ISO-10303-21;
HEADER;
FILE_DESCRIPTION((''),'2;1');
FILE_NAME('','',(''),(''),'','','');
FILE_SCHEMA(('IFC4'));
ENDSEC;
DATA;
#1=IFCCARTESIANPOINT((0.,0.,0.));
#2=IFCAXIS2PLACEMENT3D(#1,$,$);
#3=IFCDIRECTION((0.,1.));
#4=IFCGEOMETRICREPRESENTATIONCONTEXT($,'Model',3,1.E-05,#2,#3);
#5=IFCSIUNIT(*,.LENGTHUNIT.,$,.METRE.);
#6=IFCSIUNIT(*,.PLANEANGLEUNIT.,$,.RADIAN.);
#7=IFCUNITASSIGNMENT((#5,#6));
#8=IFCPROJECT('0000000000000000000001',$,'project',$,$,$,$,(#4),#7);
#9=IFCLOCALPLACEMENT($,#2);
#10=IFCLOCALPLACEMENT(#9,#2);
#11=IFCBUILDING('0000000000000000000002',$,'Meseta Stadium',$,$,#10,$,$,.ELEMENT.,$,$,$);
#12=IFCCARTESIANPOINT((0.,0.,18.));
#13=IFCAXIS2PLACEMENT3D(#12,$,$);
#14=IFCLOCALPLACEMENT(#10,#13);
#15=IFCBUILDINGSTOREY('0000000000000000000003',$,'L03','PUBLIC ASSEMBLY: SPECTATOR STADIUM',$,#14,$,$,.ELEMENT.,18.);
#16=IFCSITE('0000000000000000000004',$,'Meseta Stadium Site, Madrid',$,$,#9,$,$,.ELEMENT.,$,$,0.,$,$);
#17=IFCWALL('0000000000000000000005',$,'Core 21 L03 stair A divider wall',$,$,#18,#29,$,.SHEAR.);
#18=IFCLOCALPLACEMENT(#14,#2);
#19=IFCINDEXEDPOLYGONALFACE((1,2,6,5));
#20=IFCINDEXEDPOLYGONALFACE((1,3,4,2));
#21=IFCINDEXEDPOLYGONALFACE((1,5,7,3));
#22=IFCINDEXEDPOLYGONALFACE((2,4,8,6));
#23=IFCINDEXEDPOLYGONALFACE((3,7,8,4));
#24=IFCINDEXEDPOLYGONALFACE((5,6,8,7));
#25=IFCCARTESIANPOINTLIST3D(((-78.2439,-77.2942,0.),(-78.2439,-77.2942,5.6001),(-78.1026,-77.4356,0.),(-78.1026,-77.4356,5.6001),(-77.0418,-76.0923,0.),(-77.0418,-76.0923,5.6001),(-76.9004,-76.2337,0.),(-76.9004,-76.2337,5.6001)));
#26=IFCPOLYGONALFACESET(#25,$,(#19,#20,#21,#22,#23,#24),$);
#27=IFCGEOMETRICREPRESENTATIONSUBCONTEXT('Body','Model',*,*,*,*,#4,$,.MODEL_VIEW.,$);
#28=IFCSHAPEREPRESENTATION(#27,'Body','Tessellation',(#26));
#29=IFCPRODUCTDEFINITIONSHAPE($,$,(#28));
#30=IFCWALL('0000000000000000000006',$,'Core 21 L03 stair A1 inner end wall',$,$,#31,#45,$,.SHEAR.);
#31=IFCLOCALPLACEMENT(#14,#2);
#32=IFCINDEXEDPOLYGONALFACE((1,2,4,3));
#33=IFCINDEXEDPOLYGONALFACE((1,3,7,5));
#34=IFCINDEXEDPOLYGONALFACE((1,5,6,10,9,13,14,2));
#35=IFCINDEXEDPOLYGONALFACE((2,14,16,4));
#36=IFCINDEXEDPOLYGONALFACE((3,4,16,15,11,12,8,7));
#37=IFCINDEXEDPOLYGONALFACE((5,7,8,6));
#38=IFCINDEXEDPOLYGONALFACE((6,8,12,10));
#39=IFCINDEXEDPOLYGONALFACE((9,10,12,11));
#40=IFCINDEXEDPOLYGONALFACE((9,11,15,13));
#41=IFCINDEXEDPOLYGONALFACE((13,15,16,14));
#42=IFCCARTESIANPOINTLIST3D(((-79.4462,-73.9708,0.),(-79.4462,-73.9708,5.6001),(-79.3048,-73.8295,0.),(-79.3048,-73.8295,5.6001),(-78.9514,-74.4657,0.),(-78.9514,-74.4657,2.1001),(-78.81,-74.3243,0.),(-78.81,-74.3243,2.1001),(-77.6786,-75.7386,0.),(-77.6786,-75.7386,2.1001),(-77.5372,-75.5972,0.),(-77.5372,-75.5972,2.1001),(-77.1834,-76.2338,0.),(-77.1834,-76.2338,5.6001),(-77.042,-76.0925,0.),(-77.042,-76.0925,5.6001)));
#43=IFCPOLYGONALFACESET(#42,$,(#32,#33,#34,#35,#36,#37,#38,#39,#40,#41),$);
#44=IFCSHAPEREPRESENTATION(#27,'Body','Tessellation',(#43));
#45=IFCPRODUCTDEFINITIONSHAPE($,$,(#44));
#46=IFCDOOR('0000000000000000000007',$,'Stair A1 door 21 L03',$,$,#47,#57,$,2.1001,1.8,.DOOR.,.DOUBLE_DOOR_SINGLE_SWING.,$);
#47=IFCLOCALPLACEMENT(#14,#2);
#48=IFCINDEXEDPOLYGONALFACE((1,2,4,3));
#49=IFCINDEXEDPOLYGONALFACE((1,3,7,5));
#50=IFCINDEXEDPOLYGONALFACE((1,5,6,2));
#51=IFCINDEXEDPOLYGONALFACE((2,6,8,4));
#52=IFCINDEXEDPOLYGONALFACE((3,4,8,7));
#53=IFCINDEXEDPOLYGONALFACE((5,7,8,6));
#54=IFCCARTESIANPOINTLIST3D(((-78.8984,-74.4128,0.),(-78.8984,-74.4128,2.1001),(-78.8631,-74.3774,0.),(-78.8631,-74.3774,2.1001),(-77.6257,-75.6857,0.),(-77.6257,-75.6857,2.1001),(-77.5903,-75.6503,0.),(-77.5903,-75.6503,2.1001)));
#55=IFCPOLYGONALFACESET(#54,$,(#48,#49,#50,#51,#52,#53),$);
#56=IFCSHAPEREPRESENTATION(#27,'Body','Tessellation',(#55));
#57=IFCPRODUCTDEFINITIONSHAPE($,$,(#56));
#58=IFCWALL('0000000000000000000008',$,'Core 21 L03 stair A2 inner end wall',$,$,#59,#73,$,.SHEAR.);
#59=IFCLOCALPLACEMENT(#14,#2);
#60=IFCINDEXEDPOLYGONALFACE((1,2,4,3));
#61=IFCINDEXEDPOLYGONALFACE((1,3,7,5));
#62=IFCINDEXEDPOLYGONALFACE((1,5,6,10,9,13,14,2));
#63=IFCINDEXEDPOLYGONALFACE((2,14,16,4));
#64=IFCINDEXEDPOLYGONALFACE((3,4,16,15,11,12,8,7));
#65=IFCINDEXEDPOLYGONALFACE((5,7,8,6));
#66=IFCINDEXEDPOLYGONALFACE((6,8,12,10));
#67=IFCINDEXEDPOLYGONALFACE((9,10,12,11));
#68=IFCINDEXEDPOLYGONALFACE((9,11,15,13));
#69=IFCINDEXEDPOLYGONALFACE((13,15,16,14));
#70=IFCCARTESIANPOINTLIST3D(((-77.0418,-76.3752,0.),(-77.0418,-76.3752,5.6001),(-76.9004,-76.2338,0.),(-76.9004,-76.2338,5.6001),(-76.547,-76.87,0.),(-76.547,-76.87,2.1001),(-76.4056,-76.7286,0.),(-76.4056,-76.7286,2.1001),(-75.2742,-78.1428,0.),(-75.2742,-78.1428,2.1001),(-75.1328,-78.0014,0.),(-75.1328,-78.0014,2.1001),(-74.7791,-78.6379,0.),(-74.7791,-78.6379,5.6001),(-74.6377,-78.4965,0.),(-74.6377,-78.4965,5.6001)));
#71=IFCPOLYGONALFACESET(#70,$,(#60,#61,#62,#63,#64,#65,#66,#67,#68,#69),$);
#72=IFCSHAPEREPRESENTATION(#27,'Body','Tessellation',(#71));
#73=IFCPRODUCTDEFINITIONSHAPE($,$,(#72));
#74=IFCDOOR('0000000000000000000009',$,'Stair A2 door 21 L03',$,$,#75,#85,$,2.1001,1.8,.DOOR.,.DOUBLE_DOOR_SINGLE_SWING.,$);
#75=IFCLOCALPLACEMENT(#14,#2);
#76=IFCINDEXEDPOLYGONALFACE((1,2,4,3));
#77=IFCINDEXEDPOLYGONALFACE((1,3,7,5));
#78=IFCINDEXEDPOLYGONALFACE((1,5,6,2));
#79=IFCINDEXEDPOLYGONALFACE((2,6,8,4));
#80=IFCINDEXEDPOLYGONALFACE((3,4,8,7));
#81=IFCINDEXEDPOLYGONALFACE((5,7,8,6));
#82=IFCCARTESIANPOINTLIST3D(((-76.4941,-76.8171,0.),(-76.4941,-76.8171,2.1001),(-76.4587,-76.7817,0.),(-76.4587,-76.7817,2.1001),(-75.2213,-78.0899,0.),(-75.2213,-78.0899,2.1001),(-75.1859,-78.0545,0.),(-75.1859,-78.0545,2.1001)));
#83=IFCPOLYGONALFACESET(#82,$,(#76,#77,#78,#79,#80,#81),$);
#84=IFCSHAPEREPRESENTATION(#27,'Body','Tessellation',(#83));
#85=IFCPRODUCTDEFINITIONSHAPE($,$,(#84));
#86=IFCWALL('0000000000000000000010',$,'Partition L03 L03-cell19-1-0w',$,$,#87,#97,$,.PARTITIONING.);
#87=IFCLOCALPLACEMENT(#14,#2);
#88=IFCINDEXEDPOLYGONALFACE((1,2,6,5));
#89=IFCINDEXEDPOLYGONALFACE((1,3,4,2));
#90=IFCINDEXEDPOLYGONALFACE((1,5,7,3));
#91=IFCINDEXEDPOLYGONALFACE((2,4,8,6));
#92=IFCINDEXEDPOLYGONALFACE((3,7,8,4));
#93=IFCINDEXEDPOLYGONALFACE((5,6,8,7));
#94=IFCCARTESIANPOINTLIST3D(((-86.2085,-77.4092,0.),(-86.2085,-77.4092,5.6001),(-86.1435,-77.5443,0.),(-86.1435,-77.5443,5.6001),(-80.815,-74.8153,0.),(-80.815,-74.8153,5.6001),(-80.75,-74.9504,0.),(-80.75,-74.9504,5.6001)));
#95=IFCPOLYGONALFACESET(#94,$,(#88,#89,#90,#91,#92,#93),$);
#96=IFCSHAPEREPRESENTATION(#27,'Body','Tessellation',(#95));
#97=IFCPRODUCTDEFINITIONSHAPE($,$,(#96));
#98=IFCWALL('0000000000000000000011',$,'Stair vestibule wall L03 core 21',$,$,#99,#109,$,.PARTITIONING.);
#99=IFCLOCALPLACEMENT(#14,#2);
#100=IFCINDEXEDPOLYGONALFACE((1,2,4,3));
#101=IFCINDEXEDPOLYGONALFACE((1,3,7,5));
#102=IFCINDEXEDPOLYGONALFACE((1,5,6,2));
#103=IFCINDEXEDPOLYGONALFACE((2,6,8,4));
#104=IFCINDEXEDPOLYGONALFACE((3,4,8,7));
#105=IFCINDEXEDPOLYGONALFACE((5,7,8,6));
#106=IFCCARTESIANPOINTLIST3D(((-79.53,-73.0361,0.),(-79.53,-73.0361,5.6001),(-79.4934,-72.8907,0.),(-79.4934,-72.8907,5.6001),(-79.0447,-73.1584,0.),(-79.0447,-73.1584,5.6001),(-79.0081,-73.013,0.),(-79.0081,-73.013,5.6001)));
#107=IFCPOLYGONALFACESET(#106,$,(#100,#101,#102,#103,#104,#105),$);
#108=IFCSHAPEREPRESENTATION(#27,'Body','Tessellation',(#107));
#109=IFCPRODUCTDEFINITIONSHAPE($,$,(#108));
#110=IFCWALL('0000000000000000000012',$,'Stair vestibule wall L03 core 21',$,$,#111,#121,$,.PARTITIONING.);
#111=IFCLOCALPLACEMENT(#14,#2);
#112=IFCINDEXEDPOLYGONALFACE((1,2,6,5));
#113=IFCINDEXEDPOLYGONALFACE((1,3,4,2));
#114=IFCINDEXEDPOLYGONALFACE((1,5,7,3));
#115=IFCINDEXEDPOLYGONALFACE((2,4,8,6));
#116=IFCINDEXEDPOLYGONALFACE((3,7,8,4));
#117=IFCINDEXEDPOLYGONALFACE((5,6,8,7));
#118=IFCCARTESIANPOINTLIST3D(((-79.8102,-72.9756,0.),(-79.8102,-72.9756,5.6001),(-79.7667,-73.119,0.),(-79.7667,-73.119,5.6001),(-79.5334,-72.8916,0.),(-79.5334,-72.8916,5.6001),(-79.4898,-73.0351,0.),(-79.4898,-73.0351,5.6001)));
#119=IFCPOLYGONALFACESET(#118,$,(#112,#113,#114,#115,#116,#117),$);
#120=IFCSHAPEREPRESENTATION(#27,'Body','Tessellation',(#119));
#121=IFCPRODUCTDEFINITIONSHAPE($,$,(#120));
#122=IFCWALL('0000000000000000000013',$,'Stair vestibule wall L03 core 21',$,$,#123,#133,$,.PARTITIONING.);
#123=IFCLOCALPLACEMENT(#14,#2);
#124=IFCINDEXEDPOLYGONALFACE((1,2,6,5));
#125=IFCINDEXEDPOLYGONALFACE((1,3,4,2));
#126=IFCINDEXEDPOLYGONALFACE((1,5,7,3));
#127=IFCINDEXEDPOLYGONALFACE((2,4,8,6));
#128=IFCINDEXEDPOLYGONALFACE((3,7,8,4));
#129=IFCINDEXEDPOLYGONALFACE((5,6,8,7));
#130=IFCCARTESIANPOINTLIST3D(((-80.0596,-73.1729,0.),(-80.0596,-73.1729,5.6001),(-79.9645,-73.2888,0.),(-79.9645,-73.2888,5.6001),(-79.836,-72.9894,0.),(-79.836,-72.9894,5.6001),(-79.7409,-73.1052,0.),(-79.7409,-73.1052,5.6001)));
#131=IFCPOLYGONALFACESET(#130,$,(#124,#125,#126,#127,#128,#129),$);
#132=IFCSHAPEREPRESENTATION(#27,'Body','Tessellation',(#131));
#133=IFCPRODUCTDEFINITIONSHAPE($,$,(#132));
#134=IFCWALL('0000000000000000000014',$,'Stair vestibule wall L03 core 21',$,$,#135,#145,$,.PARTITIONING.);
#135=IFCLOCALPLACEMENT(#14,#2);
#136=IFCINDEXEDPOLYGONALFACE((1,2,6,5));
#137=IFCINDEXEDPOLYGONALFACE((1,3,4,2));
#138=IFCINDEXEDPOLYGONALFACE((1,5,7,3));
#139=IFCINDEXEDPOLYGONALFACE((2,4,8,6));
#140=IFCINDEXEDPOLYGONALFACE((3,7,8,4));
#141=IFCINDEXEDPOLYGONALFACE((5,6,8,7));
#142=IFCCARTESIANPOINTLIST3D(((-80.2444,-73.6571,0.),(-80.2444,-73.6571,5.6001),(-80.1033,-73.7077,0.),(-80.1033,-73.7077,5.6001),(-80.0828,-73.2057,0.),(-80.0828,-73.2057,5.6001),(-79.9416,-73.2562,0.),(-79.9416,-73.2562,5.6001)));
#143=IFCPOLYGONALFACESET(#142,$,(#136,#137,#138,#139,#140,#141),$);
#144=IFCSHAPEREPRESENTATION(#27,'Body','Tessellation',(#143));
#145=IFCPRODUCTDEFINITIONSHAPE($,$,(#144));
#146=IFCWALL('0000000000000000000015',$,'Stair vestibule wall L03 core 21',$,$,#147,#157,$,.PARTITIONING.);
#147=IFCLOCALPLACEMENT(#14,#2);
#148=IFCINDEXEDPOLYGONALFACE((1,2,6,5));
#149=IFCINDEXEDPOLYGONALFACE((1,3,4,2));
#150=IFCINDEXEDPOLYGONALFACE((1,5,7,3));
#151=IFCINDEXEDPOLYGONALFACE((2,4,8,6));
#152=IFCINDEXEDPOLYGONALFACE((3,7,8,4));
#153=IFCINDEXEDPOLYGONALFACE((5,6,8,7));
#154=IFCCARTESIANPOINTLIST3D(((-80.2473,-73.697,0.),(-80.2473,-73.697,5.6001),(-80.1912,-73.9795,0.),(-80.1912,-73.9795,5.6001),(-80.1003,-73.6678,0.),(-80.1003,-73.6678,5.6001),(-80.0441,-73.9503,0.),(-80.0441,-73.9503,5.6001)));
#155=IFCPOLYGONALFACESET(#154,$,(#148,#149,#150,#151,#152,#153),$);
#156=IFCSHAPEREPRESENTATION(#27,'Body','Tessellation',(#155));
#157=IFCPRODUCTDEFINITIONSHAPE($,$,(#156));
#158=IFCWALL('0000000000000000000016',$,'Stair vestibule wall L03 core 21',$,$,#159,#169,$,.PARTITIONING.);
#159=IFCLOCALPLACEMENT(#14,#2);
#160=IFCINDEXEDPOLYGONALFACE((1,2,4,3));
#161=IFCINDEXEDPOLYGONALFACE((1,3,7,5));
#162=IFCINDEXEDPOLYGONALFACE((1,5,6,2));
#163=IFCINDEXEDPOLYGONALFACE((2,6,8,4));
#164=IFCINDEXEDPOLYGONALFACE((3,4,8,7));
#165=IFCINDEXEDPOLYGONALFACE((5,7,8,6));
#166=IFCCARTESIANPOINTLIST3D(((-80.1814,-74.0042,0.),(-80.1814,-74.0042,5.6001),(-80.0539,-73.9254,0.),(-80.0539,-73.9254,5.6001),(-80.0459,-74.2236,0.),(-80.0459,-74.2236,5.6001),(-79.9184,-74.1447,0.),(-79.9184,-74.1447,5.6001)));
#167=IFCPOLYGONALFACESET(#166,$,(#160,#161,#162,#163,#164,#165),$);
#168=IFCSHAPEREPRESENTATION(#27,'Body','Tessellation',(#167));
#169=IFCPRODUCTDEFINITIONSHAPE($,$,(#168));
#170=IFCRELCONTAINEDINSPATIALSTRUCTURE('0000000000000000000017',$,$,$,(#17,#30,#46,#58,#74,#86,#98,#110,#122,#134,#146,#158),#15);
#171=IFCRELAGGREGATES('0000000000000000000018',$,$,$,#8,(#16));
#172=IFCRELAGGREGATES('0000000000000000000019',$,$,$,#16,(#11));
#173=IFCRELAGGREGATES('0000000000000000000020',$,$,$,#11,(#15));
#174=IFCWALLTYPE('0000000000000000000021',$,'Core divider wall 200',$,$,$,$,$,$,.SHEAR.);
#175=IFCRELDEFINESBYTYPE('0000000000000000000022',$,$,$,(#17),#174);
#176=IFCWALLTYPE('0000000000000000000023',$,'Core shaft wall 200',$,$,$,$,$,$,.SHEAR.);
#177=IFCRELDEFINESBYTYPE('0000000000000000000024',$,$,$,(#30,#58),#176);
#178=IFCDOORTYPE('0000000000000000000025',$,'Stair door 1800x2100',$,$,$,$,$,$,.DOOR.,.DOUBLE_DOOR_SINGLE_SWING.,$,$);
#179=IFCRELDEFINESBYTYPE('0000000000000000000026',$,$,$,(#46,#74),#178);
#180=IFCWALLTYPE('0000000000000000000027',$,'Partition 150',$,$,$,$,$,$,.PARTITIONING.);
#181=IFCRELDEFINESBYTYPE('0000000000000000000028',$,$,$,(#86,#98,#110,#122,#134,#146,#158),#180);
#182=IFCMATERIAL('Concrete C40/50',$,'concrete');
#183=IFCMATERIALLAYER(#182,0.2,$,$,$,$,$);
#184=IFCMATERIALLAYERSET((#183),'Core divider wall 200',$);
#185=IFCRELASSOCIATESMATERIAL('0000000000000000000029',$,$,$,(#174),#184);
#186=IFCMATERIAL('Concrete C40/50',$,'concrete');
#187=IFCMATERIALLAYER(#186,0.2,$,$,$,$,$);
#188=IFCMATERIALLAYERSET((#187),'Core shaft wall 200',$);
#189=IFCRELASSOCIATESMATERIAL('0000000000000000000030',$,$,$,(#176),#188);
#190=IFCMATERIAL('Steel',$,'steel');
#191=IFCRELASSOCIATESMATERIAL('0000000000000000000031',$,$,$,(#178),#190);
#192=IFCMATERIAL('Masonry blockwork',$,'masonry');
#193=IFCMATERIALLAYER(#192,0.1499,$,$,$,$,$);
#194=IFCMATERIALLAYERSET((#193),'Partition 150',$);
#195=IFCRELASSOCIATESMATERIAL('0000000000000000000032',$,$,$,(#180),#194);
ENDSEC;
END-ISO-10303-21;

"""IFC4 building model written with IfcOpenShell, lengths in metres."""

from ifc_helpers import new_model, si_unit, direction, frame, frame_2d, origin, place, context, subcontext, project, spatial, rectangle, extrude, material, layer, layer_set, type_object, element, fill, save


model = new_model("IFC4")

# Units and contexts
model_context = context("Model", 3, precision=1e-05, world=origin(), true_north=direction((0.0, 1.0)))
body_context = subcontext(model_context, "Body", "Model", "MODEL_VIEW")
ifc_project = project(units=[si_unit("LENGTHUNIT", "METRE"), si_unit("PLANEANGLEUNIT", "RADIAN")], contexts=[model_context])

# Site, building, storey
site_placement = place(None, origin())
site = spatial("IfcSite", under=ifc_project, at=site_placement, Name="Meseta Stadium Site, Madrid", CompositionType="ELEMENT", RefElevation=0.0)
building_placement = place(site_placement, origin())
building = spatial("IfcBuilding", under=site, at=building_placement, Name="Meseta Stadium", CompositionType="ELEMENT")
storey_placement = place(building_placement, frame((0.0, 0.0, 18.0)))
storey = spatial("IfcBuildingStorey", under=building, at=storey_placement, Name="L03", Description="PUBLIC ASSEMBLY: SPECTATOR STADIUM", CompositionType="ELEMENT", Elevation=18.0)

# Wall
ifc_material_1 = material(Name="Concrete C40/50", Category="concrete")
ifc_layer_1 = layer(ifc_material_1, 0.2)
ifc_layer_set_1 = layer_set([ifc_layer_1], Name="Core divider wall 200")
wall_type_1 = type_object("IfcWallType", Name="Core divider wall 200", PredefinedType="SHEAR", material=ifc_layer_set_1)
wall_1_placement = place(storey_placement, frame((-78.1733, -77.365, 0.0), z_axis=(0.0, 0.0, 1.0), x_axis=(0.707179, 0.707035, 0.0)))
element("IfcWall", 1, at=wall_1_placement, inside=storey, type_object=wall_type_1, Name="Core 21 L03 stair A divider wall", PredefinedType="SHEAR", context=body_context, shape_type="SweptSolid", body=[
    extrude(rectangle(XDim=1.7, YDim=0.2, at=frame_2d((0.8501, 0.0))), origin(), (0.0, 0.0, 1.0), 5.6001),
])

# Walls, openings, doors
ifc_material_2 = material(Name="Concrete C40/50", Category="concrete")
ifc_layer_2 = layer(ifc_material_2, 0.2)
ifc_layer_set_2 = layer_set([ifc_layer_2], Name="Core shaft wall 200")
wall_type_2 = type_object("IfcWallType", Name="Core shaft wall 200", PredefinedType="SHEAR", material=ifc_layer_set_2)
wall_2_placement = place(storey_placement, frame((-79.3755, -73.9001, 0.0), z_axis=(0.0, 0.0, 1.0), x_axis=(0.707069, -0.707145, 0.0)))
wall_2 = element("IfcWall", 2, at=wall_2_placement, inside=storey, type_object=wall_type_2, Name="Core 21 L03 stair A1 inner end wall", PredefinedType="SHEAR", context=body_context, shape_type="SweptSolid", body=[
    extrude(rectangle(XDim=3.2002, YDim=0.2, at=frame_2d((1.6001, 0.0))), origin(), (0.0, 0.0, 1.0), 5.6001),
])
opening_1_placement = place(wall_2_placement, frame((0.7, 0.0, 0.0)))
opening_1 = element("IfcOpeningElement", 3, at=opening_1_placement, cuts=wall_2, PredefinedType="OPENING", context=body_context, shape_type="SweptSolid", body=[
    extrude(rectangle(XDim=1.8, YDim=2.1001, at=frame_2d((0.8999, 1.05))), frame((0.0, 0.1099, 0.0), z_axis=(0.0, -1.0, 0.0), x_axis=(1.0, 0.0, 0.0)), (0.0, 0.0, 1.0), 0.22),
])
ifc_material_3 = material(Name="Steel", Category="steel")
door_type = type_object("IfcDoorType", Name="Stair door 1800x2100", OperationType="DOUBLE_DOOR_SINGLE_SWING", PredefinedType="DOOR", material=ifc_material_3)
door_1_placement = place(opening_1_placement, origin())
door_1 = element("IfcDoor", 4, at=door_1_placement, inside=storey, type_object=door_type, Name="Stair A1 door 21 L03", OperationType="DOUBLE_DOOR_SINGLE_SWING", OverallHeight=2.1001, OverallWidth=1.8, PredefinedType="DOOR", context=body_context, shape_type="SweptSolid", body=[
    extrude(rectangle(XDim=1.8, YDim=2.1001, at=frame_2d((0.8999, 1.05))), frame((0.0, 0.0249, 0.0), z_axis=(0.0, -1.0, 0.0), x_axis=(1.0, 0.0, 0.0)), (0.0, 0.0, 1.0), 0.05),
])
fill(opening_1, door_1)
wall_3_placement = place(storey_placement, frame((-76.9712, -76.3044, 0.0), z_axis=(0.0, 0.0, 1.0), x_axis=(0.707107, -0.707107, 0.0)))
wall_3 = element("IfcWall", 5, at=wall_3_placement, inside=storey, type_object=wall_type_2, Name="Core 21 L03 stair A2 inner end wall", PredefinedType="SHEAR", context=body_context, shape_type="SweptSolid", body=[
    extrude(rectangle(XDim=3.2, YDim=0.2, at=frame_2d((1.6001, 0.0))), origin(), (0.0, 0.0, 1.0), 5.6001),
])
opening_2_placement = place(wall_3_placement, frame((0.7, 0.0, 0.0)))
opening_2 = element("IfcOpeningElement", 6, at=opening_2_placement, cuts=wall_3, PredefinedType="OPENING", context=body_context, shape_type="SweptSolid", body=[
    extrude(rectangle(XDim=1.8, YDim=2.1001, at=frame_2d((0.8999, 1.05))), frame((0.0, 0.1099, 0.0), z_axis=(0.0, -1.0, 0.0), x_axis=(1.0, 0.0, 0.0)), (0.0, 0.0, 1.0), 0.22),
])
door_2_placement = place(opening_2_placement, origin())
door_2 = element("IfcDoor", 7, at=door_2_placement, inside=storey, type_object=door_type, Name="Stair A2 door 21 L03", OperationType="DOUBLE_DOOR_SINGLE_SWING", OverallHeight=2.1001, OverallWidth=1.8, PredefinedType="DOOR", context=body_context, shape_type="SweptSolid", body=[
    extrude(rectangle(XDim=1.8, YDim=2.1001, at=frame_2d((0.8999, 1.05))), frame((0.0, 0.0249, 0.0), z_axis=(0.0, -1.0, 0.0), x_axis=(1.0, 0.0, 0.0)), (0.0, 0.0, 1.0), 0.05),
])
fill(opening_2, door_2)

# Walls
ifc_material_4 = material(Name="Masonry blockwork", Category="masonry")
ifc_layer_3 = layer(ifc_material_4, 0.1499)
ifc_layer_set_3 = layer_set([ifc_layer_3], Name="Partition 150")
wall_type_3 = type_object("IfcWallType", Name="Partition 150", PredefinedType="PARTITIONING", material=ifc_layer_set_3)
wall_4_placement = place(storey_placement, frame((-80.7825, -74.8828, 0.0), z_axis=(0.0, 0.0, 1.0), x_axis=(-0.901191, -0.433422, 0.0)))
element("IfcWall", 8, at=wall_4_placement, inside=storey, type_object=wall_type_3, Name="Partition L03 L03-cell19-1-0w", PredefinedType="PARTITIONING", context=body_context, shape_type="SweptSolid", body=[
    extrude(rectangle(XDim=5.9849, YDim=0.1499, at=frame_2d((2.9924, 0.0))), origin(), (0.0, 0.0, 1.0), 5.6001),
])
wall_5_placement = place(storey_placement, frame((-79.0264, -73.0857, 0.0), z_axis=(0.0, 0.0, 1.0), x_axis=(-0.969682, 0.244371, 0.0)))
element("IfcWall", 9, at=wall_5_placement, inside=storey, type_object=wall_type_3, Name="Stair vestibule wall L03 core 21", PredefinedType="PARTITIONING", context=body_context, shape_type="SweptSolid", body=[
    extrude(rectangle(XDim=0.5005, YDim=0.1499, at=frame_2d((0.2502, 0.0))), origin(), (0.0, 0.0, 1.0), 5.6001),
])
for number, where, z_axis, x_axis, name in (
    (10, (-79.5117, -72.9634, 0.0), (0.0, 0.0, 1.0), (-0.956939, -0.290288, 0.0), "Stair vestibule wall L03 core 21"),
    (11, (-79.7886, -73.0474, 0.0), (0.0, 0.0, 1.0), (-0.772904, -0.634523, 0.0), "Stair vestibule wall L03 core 21"),
):
    element("IfcWall", number, at=place(storey_placement, frame(where, z_axis=z_axis, x_axis=x_axis)), inside=storey, type_object=wall_type_3, Name=name, PredefinedType="PARTITIONING", context=body_context, shape_type="SweptSolid", body=[
        extrude(rectangle(XDim=0.2893, YDim=0.1499, at=frame_2d((0.1445, 0.0))), origin(), (0.0, 0.0, 1.0), 5.6001),
    ])
wall_6_placement = place(storey_placement, frame((-80.0122, -73.231, 0.0), z_axis=(0.0, 0.0, 1.0), x_axis=(-0.337078, -0.941477, 0.0)))
element("IfcWall", 12, at=wall_6_placement, inside=storey, type_object=wall_type_3, Name="Stair vestibule wall L03 core 21", PredefinedType="PARTITIONING", context=body_context, shape_type="SweptSolid", body=[
    extrude(rectangle(XDim=0.4795, YDim=0.1499, at=frame_2d((0.2397, 0.0))), origin(), (0.0, 0.0, 1.0), 5.6001),
])
wall_7_placement = place(storey_placement, frame((-80.1738, -73.6824, 0.0), z_axis=(0.0, 0.0, 1.0), x_axis=(0.194975, -0.980808, 0.0)))
element("IfcWall", 13, at=wall_7_placement, inside=storey, type_object=wall_type_3, Name="Stair vestibule wall L03 core 21", PredefinedType="PARTITIONING", context=body_context, shape_type="SweptSolid", body=[
    extrude(rectangle(XDim=0.2881, YDim=0.1499, at=frame_2d((0.144, 0.0))), origin(), (0.0, 0.0, 1.0), 5.6001),
])
wall_8_placement = place(storey_placement, frame((-80.1177, -73.9648, 0.0), z_axis=(0.0, 0.0, 1.0), x_axis=(0.525735, -0.850648, 0.0)))
element("IfcWall", 14, at=wall_8_placement, inside=storey, type_object=wall_type_3, Name="Stair vestibule wall L03 core 21", PredefinedType="PARTITIONING", context=body_context, shape_type="SweptSolid", body=[
    extrude(rectangle(XDim=0.2578, YDim=0.1499, at=frame_2d((0.1289, 0.0))), origin(), (0.0, 0.0, 1.0), 5.6001),
])

save(model, "model.ifc")
